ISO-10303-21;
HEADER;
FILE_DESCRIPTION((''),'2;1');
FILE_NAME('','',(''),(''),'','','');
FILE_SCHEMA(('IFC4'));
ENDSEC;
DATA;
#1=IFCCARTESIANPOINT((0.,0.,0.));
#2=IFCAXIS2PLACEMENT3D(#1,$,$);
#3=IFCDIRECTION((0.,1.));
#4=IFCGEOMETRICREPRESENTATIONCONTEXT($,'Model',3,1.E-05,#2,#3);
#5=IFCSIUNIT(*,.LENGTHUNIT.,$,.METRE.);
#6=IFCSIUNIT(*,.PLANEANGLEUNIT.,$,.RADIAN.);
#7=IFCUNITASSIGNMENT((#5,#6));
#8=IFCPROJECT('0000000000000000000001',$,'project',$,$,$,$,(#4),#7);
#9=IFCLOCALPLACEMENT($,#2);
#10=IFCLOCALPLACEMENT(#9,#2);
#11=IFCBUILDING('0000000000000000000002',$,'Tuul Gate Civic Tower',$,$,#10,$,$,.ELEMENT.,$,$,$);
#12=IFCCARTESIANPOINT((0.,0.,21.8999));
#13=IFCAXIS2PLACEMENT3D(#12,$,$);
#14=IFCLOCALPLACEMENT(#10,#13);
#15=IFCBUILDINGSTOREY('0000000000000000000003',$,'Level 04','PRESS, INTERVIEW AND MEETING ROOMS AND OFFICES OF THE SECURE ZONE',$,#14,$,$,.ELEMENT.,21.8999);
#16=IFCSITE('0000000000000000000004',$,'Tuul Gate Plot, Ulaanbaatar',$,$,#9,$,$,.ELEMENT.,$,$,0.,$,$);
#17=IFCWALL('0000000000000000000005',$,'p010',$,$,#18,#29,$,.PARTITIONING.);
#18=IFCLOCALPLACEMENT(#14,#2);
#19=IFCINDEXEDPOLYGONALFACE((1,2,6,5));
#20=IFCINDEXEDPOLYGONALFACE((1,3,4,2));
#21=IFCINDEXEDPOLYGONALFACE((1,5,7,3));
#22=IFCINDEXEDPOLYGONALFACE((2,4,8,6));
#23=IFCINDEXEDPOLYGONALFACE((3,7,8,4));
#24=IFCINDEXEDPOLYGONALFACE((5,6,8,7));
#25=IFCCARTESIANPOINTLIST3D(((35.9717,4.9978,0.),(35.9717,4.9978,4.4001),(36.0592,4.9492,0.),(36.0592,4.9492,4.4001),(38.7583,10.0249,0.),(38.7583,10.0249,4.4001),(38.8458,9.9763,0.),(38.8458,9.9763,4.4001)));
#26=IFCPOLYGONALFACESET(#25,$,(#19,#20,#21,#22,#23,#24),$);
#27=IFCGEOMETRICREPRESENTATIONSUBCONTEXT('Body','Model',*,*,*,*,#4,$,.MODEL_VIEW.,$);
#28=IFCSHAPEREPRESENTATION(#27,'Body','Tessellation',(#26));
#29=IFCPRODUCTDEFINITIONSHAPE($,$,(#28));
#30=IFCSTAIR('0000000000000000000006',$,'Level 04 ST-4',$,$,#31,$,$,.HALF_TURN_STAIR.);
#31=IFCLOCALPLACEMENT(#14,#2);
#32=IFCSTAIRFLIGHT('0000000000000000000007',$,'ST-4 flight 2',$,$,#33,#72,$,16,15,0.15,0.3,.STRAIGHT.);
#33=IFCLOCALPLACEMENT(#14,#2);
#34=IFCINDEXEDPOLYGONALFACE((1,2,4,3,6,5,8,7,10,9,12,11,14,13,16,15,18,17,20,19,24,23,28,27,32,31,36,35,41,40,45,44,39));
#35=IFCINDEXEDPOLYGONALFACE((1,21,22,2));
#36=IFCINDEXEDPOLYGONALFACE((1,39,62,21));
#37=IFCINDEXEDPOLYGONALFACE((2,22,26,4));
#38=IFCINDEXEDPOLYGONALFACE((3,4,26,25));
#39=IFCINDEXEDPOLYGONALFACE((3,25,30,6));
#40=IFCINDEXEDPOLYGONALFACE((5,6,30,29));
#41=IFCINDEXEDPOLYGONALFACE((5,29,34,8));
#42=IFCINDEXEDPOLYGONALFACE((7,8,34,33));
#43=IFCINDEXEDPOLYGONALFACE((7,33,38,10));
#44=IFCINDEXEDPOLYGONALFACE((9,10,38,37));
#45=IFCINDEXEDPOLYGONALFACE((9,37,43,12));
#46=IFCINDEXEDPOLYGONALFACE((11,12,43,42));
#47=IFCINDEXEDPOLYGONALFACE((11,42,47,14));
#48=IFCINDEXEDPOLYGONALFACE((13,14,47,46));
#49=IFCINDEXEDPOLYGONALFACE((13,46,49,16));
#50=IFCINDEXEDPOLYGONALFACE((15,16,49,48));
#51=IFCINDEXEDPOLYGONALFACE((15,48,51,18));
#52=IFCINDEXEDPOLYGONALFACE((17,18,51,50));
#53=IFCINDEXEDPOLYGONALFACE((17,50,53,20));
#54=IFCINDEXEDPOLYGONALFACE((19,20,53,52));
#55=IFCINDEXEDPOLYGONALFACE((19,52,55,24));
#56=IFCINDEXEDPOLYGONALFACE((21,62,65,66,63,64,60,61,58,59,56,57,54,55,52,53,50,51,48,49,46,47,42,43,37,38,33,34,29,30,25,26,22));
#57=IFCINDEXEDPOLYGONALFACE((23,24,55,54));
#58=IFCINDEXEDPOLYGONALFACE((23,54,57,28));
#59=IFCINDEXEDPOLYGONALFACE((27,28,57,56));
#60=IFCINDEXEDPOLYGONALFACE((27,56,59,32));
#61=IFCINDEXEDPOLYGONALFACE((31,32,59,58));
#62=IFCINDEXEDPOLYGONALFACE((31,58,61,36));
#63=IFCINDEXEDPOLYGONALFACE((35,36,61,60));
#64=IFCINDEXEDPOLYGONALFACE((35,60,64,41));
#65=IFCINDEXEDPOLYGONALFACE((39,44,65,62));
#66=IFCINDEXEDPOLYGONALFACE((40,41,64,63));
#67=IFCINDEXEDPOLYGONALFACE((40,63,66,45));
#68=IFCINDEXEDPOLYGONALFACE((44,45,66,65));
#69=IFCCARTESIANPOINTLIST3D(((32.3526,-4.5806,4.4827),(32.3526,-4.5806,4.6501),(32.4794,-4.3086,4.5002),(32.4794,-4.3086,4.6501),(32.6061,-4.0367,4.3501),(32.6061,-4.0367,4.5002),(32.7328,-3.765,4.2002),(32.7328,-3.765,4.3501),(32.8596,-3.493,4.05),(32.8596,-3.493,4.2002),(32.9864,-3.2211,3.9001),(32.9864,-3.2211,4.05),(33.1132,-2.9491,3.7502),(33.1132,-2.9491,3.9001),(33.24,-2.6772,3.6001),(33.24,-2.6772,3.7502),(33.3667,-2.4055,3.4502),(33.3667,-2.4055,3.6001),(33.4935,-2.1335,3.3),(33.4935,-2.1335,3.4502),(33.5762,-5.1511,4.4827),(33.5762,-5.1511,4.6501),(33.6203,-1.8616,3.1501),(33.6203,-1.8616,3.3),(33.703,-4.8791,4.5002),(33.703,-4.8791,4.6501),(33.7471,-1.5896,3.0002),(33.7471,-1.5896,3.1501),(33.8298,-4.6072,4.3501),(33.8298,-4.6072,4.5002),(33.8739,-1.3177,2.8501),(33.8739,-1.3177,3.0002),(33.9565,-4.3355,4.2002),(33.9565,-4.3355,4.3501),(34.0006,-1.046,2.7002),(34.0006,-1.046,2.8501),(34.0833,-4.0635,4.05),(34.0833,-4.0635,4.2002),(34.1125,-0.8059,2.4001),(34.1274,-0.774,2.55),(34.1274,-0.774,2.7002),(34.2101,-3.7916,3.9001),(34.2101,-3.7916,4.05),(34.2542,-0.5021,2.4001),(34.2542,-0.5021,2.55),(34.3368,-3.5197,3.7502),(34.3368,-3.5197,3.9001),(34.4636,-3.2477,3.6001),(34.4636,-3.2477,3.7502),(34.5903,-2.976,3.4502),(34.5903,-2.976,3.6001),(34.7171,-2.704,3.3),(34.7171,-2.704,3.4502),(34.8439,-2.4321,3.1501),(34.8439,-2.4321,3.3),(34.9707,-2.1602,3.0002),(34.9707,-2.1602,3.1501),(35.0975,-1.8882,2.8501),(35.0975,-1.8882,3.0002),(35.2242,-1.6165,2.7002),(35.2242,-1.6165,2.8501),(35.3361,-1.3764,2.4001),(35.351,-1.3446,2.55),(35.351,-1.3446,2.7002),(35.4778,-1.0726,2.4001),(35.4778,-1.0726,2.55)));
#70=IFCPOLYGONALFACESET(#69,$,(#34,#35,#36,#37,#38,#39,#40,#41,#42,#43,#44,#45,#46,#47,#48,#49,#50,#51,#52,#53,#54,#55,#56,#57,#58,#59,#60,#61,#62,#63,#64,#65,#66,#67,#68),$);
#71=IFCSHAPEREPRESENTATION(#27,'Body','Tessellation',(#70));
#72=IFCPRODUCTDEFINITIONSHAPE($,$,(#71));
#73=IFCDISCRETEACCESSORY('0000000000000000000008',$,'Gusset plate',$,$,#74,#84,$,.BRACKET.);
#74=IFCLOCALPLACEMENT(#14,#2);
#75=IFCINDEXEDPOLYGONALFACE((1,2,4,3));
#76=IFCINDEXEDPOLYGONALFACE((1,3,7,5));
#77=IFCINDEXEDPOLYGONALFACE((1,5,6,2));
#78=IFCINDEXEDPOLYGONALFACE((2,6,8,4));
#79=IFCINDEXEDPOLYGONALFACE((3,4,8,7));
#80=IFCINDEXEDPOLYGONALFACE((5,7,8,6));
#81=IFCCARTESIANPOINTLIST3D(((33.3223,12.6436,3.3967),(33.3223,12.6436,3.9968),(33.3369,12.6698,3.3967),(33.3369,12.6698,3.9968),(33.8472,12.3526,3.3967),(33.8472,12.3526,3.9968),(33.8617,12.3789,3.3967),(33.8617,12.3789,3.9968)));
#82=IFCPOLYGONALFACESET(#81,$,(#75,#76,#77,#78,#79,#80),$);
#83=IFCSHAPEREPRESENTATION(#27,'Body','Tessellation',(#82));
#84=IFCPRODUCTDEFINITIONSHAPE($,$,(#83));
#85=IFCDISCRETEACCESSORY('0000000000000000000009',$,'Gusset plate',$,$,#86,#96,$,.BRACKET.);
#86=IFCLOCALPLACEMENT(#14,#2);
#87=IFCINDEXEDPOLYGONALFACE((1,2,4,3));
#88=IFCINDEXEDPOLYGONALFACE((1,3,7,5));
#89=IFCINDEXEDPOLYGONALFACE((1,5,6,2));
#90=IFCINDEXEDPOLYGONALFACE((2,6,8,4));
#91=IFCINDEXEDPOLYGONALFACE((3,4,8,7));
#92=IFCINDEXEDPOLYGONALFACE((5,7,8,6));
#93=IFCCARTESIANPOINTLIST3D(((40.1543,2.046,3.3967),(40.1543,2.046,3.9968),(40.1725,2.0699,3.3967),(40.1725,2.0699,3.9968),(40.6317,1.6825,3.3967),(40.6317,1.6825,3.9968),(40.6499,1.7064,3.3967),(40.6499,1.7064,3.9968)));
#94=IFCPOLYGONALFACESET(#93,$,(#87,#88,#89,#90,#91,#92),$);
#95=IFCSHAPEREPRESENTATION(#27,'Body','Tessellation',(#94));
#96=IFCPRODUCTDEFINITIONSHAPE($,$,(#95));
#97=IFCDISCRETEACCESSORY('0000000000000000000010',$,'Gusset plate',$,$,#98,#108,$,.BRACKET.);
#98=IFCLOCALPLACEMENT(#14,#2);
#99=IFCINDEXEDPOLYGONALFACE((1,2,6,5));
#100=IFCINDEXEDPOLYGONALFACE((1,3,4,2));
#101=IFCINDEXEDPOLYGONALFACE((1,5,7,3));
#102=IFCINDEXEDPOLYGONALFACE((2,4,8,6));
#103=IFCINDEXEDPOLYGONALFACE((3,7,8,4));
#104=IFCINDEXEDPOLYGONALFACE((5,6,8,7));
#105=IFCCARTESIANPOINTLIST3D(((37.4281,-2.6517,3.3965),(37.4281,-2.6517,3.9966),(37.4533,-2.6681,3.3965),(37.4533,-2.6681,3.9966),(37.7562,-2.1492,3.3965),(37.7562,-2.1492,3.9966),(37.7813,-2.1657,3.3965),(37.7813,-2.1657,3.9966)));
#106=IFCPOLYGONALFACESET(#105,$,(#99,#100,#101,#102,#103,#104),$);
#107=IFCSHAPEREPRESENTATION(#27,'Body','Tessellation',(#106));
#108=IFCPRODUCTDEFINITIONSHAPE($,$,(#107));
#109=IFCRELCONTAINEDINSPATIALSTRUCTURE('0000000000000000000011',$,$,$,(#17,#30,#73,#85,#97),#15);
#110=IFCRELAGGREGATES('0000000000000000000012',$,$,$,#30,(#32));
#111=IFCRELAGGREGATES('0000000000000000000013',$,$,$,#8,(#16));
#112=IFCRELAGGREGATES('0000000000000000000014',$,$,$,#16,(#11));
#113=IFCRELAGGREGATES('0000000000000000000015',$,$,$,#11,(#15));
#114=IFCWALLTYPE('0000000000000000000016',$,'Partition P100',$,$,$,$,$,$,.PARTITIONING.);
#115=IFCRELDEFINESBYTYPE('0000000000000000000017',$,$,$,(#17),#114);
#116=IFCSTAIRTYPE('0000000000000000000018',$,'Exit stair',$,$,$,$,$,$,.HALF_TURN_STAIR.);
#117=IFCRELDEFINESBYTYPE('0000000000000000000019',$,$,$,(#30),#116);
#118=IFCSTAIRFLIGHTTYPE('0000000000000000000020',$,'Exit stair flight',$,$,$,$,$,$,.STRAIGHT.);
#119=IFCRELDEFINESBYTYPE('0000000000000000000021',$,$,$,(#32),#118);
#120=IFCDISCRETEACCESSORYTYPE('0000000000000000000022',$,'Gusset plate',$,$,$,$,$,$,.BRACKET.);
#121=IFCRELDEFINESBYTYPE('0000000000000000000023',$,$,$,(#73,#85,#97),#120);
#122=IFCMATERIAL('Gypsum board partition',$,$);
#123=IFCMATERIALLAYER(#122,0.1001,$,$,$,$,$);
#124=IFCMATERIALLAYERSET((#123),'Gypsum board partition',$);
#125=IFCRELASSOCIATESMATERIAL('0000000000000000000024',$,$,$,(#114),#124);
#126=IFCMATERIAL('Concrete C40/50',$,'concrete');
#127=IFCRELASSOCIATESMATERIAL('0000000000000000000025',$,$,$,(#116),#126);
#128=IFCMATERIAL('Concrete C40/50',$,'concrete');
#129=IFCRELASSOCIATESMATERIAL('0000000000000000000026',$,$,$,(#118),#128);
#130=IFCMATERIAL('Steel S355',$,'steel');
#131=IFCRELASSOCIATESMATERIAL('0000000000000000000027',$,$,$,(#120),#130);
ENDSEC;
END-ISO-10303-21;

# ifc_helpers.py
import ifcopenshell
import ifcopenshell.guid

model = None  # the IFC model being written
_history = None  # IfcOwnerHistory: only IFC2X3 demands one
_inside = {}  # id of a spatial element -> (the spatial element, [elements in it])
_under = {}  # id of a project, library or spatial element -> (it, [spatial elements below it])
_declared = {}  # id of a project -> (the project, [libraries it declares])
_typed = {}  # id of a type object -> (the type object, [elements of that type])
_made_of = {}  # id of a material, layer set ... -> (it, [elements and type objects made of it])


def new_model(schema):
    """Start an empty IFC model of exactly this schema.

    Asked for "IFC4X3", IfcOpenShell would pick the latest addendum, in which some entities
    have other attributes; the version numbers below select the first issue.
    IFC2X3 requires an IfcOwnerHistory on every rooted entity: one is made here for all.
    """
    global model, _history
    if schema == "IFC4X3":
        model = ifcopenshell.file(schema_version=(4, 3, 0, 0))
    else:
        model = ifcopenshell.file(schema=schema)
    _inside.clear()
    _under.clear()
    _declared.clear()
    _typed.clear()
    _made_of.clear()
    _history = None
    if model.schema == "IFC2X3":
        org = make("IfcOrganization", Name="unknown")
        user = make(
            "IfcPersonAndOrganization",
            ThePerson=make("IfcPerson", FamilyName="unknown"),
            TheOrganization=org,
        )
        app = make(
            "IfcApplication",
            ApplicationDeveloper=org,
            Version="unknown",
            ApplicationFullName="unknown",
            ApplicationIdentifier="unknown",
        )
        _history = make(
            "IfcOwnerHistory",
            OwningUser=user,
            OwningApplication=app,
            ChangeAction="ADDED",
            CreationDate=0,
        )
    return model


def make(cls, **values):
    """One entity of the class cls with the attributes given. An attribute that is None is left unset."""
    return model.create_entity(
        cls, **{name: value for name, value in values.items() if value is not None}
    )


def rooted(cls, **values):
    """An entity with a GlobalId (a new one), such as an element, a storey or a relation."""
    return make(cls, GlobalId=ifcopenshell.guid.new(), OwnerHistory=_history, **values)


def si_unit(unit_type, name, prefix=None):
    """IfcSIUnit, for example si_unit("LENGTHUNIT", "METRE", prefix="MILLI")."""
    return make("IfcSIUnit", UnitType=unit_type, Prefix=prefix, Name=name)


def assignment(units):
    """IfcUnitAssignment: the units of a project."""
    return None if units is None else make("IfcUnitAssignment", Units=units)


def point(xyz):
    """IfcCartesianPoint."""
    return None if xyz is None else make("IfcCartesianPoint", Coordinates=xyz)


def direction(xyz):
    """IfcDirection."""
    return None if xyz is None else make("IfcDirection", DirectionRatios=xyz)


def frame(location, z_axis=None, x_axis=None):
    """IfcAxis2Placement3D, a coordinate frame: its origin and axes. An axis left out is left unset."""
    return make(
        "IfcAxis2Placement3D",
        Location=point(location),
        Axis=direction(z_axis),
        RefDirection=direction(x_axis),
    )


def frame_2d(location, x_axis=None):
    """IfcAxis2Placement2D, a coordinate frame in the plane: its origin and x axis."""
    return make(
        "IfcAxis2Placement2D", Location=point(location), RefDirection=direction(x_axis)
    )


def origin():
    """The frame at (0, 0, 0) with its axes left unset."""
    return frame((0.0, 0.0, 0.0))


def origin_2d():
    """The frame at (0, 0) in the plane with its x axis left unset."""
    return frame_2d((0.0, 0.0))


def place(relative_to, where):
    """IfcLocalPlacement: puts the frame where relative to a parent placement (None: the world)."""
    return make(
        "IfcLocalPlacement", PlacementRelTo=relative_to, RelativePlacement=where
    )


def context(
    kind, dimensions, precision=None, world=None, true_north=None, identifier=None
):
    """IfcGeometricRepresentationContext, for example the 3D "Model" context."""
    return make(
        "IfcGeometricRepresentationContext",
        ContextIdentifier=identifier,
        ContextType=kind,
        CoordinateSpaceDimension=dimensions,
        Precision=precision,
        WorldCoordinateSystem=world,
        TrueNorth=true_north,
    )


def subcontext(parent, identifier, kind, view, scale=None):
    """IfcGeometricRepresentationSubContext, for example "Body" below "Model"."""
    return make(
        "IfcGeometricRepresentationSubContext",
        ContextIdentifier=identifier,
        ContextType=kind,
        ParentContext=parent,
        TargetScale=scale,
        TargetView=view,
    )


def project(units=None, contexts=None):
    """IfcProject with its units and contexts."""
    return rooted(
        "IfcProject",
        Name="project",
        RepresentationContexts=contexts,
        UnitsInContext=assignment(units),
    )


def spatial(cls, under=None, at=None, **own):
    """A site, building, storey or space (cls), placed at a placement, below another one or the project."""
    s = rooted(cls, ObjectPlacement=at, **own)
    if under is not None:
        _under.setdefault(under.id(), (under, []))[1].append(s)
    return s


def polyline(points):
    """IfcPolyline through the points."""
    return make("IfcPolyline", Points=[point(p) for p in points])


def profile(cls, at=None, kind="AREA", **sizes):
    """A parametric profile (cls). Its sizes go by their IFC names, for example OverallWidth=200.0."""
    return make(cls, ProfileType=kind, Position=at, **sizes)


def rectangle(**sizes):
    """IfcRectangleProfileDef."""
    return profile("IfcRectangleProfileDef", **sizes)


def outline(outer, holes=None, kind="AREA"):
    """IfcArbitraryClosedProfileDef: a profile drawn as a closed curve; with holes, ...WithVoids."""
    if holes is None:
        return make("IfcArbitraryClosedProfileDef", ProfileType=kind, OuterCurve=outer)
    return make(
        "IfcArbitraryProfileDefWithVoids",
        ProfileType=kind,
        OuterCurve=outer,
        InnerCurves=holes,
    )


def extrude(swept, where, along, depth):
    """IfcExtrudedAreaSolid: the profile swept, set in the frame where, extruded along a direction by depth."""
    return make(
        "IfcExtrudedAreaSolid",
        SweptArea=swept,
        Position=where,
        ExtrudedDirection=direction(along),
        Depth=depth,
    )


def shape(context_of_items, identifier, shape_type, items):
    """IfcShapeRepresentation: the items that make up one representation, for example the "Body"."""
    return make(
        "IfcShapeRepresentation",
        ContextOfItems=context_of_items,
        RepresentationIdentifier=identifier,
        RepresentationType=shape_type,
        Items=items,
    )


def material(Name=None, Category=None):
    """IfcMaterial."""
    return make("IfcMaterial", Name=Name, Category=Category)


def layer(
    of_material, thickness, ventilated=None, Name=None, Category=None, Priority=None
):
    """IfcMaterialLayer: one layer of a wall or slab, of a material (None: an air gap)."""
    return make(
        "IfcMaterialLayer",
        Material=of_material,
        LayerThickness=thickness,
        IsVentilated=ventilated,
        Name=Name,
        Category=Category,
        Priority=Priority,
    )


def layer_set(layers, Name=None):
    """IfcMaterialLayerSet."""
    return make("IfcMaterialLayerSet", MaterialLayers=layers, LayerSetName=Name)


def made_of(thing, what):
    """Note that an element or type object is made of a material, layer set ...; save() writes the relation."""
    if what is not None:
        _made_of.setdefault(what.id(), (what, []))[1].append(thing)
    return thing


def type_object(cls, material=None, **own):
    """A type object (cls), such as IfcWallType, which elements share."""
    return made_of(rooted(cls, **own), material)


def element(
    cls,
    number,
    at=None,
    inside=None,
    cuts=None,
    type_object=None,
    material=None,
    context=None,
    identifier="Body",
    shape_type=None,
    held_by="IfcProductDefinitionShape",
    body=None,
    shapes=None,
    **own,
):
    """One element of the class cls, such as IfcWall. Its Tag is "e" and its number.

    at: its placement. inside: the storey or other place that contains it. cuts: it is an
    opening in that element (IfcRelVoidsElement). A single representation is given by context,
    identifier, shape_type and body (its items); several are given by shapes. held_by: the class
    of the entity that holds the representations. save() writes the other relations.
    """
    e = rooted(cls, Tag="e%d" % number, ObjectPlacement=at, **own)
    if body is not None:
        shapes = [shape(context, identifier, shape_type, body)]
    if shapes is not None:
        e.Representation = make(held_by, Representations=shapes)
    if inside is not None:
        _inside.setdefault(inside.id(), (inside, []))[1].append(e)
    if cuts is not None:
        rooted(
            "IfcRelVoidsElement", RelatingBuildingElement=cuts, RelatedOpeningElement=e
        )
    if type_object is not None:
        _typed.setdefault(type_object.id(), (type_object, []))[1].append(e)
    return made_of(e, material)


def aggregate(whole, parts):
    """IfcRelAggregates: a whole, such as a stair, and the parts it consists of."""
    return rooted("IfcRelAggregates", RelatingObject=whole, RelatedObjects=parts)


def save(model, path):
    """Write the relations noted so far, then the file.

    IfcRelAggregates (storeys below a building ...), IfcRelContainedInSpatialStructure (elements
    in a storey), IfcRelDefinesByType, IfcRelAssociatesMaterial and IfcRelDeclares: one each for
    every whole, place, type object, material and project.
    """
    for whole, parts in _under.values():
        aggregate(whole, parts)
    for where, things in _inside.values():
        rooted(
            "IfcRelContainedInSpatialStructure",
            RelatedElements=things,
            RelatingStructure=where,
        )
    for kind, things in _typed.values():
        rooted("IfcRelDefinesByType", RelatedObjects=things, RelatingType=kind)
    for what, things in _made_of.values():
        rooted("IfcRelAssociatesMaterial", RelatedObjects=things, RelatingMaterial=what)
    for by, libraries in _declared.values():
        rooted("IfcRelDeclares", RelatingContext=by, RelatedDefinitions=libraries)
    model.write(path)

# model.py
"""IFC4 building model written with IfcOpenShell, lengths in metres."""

from ifc_helpers import new_model, si_unit, direction, frame, frame_2d, origin, origin_2d, place, context, subcontext, project, spatial, polyline, rectangle, outline, extrude, material, layer, layer_set, type_object, element, aggregate, save


model = new_model("IFC4")

# Units and contexts
model_context = context("Model", 3, precision=1e-05, world=origin(), true_north=direction((0.0, 1.0)))
body_context = subcontext(model_context, "Body", "Model", "MODEL_VIEW")
ifc_project = project(units=[si_unit("LENGTHUNIT", "METRE"), si_unit("PLANEANGLEUNIT", "RADIAN")], contexts=[model_context])

# Site, building, storey
site_placement = place(None, origin())
site = spatial("IfcSite", under=ifc_project, at=site_placement, Name="Tuul Gate Plot, Ulaanbaatar", CompositionType="ELEMENT", RefElevation=0.0)
building_placement = place(site_placement, origin())
building = spatial("IfcBuilding", under=site, at=building_placement, Name="Tuul Gate Civic Tower", CompositionType="ELEMENT")
storey_placement = place(building_placement, frame((0.0, 0.0, 21.8999)))
storey = spatial("IfcBuildingStorey", under=building, at=storey_placement, Name="Level 04", Description="PRESS, INTERVIEW AND MEETING ROOMS AND OFFICES OF THE SECURE ZONE", CompositionType="ELEMENT", Elevation=21.8999)

# Wall
ifc_material_1 = material(Name="Gypsum board partition")
ifc_layer_1 = layer(ifc_material_1, 0.1001)
ifc_layer_set_1 = layer_set([ifc_layer_1], Name="Gypsum board partition")
wall_type_1 = type_object("IfcWallType", Name="Partition P100", PredefinedType="PARTITIONING", material=ifc_layer_set_1)
wall_1_placement = place(storey_placement, frame((36.0154, 4.9734, 0.0), z_axis=(0.0, 0.0, 1.0), x_axis=(0.484817, 0.874616, 0.0)))
element("IfcWall", 1, at=wall_1_placement, inside=storey, type_object=wall_type_1, Name="p010", PredefinedType="PARTITIONING", context=body_context, shape_type="SweptSolid", body=[
    extrude(rectangle(XDim=5.7478, YDim=0.1001, at=frame_2d((2.874, 0.0))), origin(), (0.0, 0.0, 1.0), 4.4001),
])

# Stair, stair flight
ifc_material_2 = material(Name="Concrete C40/50", Category="concrete")
stair_type = type_object("IfcStairType", Name="Exit stair", PredefinedType="HALF_TURN_STAIR", material=ifc_material_2)
stair_placement = place(storey_placement, origin())
stair = element("IfcStair", 2, at=stair_placement, inside=storey, type_object=stair_type, Name="Level 04 ST-4", PredefinedType="HALF_TURN_STAIR")
ifc_material_3 = material(Name="Concrete C40/50", Category="concrete")
stair_flight_type = type_object("IfcStairFlightType", Name="Exit stair flight", PredefinedType="STRAIGHT", material=ifc_material_3)
stair_flight_placement = place(storey_placement, frame((34.866, -0.7874, 2.4001), z_axis=(0.0, 0.0, 1.0), x_axis=(-0.422576, -0.906327, 0.0)))
stair_flight = element("IfcStairFlight", 3, at=stair_flight_placement, type_object=stair_flight_type, Name="ST-4 flight 2", NumberOfRisers=16, NumberOfTreads=15, PredefinedType="STRAIGHT", RiserHeight=0.15, TreadLength=0.3, context=body_context, shape_type="SweptSolid", body=[
    extrude(outline(polyline([(0.0, 0.0), (0.0, 0.1499), (0.3, 0.1499), (0.3, 0.3), (0.6001, 0.3), (0.6001, 0.45), (0.8999, 0.45), (0.8999, 0.6001), (1.2, 0.6001), (1.2, 0.75), (1.5, 0.75), (1.5, 0.8999), (1.8, 0.8999), (1.8, 1.05), (2.1001, 1.05), (2.1001, 1.2), (2.3999, 1.2), (2.3999, 1.3501), (2.7, 1.3501), (2.7, 1.5), (3.0, 1.5), (3.0, 1.6499), (3.3, 1.6499), (3.3, 1.8), (3.6001, 1.8), (3.6001, 1.95), (3.8999, 1.95), (3.8999, 2.1001), (4.2, 2.1001), (4.2, 2.25), (4.5, 2.25), (4.5, 2.3999), (4.5, 2.0825), (0.3352, 0.0), (0.0, 0.0)])), frame((0.0, 0.675, 0.0), z_axis=(0.0, -1.0, 0.0), x_axis=(1.0, 0.0, 0.0)), (0.0, 0.0, 1.0), 1.3501),
])
aggregate(stair, [stair_flight])

# Discrete accessories
ifc_material_4 = material(Name="Steel S355", Category="steel")
discrete_accessory_type = type_object("IfcDiscreteAccessoryType", Name="Gusset plate", PredefinedType="BRACKET", material=ifc_material_4)
for number, where, z_axis, x_axis, name in (
    (4, (33.592, 12.5112, 3.3967), (0.0, 0.0, 1.0), (0.874618, -0.484812, 0.0), "Gusset plate"),
    (5, (40.4021, 1.8762, 3.3967), (0.0, 0.0, 1.0), (0.795664, -0.605738, 0.0), "Gusset plate"),
    (6, (37.6047, -2.4087, 3.3965), (0.0, 0.0, 1.0), (0.546705, 0.837325, 0.0), "Gusset plate"),
):
    element("IfcDiscreteAccessory", number, at=place(storey_placement, frame(where, z_axis=z_axis, x_axis=x_axis)), inside=storey, type_object=discrete_accessory_type, Name=name, PredefinedType="BRACKET", context=body_context, shape_type="SweptSolid", body=[
        extrude(rectangle(XDim=0.6001, YDim=0.03, at=origin_2d()), origin(), (0.0, 0.0, 1.0), 0.6001),
    ])

save(model, "model.ifc")
